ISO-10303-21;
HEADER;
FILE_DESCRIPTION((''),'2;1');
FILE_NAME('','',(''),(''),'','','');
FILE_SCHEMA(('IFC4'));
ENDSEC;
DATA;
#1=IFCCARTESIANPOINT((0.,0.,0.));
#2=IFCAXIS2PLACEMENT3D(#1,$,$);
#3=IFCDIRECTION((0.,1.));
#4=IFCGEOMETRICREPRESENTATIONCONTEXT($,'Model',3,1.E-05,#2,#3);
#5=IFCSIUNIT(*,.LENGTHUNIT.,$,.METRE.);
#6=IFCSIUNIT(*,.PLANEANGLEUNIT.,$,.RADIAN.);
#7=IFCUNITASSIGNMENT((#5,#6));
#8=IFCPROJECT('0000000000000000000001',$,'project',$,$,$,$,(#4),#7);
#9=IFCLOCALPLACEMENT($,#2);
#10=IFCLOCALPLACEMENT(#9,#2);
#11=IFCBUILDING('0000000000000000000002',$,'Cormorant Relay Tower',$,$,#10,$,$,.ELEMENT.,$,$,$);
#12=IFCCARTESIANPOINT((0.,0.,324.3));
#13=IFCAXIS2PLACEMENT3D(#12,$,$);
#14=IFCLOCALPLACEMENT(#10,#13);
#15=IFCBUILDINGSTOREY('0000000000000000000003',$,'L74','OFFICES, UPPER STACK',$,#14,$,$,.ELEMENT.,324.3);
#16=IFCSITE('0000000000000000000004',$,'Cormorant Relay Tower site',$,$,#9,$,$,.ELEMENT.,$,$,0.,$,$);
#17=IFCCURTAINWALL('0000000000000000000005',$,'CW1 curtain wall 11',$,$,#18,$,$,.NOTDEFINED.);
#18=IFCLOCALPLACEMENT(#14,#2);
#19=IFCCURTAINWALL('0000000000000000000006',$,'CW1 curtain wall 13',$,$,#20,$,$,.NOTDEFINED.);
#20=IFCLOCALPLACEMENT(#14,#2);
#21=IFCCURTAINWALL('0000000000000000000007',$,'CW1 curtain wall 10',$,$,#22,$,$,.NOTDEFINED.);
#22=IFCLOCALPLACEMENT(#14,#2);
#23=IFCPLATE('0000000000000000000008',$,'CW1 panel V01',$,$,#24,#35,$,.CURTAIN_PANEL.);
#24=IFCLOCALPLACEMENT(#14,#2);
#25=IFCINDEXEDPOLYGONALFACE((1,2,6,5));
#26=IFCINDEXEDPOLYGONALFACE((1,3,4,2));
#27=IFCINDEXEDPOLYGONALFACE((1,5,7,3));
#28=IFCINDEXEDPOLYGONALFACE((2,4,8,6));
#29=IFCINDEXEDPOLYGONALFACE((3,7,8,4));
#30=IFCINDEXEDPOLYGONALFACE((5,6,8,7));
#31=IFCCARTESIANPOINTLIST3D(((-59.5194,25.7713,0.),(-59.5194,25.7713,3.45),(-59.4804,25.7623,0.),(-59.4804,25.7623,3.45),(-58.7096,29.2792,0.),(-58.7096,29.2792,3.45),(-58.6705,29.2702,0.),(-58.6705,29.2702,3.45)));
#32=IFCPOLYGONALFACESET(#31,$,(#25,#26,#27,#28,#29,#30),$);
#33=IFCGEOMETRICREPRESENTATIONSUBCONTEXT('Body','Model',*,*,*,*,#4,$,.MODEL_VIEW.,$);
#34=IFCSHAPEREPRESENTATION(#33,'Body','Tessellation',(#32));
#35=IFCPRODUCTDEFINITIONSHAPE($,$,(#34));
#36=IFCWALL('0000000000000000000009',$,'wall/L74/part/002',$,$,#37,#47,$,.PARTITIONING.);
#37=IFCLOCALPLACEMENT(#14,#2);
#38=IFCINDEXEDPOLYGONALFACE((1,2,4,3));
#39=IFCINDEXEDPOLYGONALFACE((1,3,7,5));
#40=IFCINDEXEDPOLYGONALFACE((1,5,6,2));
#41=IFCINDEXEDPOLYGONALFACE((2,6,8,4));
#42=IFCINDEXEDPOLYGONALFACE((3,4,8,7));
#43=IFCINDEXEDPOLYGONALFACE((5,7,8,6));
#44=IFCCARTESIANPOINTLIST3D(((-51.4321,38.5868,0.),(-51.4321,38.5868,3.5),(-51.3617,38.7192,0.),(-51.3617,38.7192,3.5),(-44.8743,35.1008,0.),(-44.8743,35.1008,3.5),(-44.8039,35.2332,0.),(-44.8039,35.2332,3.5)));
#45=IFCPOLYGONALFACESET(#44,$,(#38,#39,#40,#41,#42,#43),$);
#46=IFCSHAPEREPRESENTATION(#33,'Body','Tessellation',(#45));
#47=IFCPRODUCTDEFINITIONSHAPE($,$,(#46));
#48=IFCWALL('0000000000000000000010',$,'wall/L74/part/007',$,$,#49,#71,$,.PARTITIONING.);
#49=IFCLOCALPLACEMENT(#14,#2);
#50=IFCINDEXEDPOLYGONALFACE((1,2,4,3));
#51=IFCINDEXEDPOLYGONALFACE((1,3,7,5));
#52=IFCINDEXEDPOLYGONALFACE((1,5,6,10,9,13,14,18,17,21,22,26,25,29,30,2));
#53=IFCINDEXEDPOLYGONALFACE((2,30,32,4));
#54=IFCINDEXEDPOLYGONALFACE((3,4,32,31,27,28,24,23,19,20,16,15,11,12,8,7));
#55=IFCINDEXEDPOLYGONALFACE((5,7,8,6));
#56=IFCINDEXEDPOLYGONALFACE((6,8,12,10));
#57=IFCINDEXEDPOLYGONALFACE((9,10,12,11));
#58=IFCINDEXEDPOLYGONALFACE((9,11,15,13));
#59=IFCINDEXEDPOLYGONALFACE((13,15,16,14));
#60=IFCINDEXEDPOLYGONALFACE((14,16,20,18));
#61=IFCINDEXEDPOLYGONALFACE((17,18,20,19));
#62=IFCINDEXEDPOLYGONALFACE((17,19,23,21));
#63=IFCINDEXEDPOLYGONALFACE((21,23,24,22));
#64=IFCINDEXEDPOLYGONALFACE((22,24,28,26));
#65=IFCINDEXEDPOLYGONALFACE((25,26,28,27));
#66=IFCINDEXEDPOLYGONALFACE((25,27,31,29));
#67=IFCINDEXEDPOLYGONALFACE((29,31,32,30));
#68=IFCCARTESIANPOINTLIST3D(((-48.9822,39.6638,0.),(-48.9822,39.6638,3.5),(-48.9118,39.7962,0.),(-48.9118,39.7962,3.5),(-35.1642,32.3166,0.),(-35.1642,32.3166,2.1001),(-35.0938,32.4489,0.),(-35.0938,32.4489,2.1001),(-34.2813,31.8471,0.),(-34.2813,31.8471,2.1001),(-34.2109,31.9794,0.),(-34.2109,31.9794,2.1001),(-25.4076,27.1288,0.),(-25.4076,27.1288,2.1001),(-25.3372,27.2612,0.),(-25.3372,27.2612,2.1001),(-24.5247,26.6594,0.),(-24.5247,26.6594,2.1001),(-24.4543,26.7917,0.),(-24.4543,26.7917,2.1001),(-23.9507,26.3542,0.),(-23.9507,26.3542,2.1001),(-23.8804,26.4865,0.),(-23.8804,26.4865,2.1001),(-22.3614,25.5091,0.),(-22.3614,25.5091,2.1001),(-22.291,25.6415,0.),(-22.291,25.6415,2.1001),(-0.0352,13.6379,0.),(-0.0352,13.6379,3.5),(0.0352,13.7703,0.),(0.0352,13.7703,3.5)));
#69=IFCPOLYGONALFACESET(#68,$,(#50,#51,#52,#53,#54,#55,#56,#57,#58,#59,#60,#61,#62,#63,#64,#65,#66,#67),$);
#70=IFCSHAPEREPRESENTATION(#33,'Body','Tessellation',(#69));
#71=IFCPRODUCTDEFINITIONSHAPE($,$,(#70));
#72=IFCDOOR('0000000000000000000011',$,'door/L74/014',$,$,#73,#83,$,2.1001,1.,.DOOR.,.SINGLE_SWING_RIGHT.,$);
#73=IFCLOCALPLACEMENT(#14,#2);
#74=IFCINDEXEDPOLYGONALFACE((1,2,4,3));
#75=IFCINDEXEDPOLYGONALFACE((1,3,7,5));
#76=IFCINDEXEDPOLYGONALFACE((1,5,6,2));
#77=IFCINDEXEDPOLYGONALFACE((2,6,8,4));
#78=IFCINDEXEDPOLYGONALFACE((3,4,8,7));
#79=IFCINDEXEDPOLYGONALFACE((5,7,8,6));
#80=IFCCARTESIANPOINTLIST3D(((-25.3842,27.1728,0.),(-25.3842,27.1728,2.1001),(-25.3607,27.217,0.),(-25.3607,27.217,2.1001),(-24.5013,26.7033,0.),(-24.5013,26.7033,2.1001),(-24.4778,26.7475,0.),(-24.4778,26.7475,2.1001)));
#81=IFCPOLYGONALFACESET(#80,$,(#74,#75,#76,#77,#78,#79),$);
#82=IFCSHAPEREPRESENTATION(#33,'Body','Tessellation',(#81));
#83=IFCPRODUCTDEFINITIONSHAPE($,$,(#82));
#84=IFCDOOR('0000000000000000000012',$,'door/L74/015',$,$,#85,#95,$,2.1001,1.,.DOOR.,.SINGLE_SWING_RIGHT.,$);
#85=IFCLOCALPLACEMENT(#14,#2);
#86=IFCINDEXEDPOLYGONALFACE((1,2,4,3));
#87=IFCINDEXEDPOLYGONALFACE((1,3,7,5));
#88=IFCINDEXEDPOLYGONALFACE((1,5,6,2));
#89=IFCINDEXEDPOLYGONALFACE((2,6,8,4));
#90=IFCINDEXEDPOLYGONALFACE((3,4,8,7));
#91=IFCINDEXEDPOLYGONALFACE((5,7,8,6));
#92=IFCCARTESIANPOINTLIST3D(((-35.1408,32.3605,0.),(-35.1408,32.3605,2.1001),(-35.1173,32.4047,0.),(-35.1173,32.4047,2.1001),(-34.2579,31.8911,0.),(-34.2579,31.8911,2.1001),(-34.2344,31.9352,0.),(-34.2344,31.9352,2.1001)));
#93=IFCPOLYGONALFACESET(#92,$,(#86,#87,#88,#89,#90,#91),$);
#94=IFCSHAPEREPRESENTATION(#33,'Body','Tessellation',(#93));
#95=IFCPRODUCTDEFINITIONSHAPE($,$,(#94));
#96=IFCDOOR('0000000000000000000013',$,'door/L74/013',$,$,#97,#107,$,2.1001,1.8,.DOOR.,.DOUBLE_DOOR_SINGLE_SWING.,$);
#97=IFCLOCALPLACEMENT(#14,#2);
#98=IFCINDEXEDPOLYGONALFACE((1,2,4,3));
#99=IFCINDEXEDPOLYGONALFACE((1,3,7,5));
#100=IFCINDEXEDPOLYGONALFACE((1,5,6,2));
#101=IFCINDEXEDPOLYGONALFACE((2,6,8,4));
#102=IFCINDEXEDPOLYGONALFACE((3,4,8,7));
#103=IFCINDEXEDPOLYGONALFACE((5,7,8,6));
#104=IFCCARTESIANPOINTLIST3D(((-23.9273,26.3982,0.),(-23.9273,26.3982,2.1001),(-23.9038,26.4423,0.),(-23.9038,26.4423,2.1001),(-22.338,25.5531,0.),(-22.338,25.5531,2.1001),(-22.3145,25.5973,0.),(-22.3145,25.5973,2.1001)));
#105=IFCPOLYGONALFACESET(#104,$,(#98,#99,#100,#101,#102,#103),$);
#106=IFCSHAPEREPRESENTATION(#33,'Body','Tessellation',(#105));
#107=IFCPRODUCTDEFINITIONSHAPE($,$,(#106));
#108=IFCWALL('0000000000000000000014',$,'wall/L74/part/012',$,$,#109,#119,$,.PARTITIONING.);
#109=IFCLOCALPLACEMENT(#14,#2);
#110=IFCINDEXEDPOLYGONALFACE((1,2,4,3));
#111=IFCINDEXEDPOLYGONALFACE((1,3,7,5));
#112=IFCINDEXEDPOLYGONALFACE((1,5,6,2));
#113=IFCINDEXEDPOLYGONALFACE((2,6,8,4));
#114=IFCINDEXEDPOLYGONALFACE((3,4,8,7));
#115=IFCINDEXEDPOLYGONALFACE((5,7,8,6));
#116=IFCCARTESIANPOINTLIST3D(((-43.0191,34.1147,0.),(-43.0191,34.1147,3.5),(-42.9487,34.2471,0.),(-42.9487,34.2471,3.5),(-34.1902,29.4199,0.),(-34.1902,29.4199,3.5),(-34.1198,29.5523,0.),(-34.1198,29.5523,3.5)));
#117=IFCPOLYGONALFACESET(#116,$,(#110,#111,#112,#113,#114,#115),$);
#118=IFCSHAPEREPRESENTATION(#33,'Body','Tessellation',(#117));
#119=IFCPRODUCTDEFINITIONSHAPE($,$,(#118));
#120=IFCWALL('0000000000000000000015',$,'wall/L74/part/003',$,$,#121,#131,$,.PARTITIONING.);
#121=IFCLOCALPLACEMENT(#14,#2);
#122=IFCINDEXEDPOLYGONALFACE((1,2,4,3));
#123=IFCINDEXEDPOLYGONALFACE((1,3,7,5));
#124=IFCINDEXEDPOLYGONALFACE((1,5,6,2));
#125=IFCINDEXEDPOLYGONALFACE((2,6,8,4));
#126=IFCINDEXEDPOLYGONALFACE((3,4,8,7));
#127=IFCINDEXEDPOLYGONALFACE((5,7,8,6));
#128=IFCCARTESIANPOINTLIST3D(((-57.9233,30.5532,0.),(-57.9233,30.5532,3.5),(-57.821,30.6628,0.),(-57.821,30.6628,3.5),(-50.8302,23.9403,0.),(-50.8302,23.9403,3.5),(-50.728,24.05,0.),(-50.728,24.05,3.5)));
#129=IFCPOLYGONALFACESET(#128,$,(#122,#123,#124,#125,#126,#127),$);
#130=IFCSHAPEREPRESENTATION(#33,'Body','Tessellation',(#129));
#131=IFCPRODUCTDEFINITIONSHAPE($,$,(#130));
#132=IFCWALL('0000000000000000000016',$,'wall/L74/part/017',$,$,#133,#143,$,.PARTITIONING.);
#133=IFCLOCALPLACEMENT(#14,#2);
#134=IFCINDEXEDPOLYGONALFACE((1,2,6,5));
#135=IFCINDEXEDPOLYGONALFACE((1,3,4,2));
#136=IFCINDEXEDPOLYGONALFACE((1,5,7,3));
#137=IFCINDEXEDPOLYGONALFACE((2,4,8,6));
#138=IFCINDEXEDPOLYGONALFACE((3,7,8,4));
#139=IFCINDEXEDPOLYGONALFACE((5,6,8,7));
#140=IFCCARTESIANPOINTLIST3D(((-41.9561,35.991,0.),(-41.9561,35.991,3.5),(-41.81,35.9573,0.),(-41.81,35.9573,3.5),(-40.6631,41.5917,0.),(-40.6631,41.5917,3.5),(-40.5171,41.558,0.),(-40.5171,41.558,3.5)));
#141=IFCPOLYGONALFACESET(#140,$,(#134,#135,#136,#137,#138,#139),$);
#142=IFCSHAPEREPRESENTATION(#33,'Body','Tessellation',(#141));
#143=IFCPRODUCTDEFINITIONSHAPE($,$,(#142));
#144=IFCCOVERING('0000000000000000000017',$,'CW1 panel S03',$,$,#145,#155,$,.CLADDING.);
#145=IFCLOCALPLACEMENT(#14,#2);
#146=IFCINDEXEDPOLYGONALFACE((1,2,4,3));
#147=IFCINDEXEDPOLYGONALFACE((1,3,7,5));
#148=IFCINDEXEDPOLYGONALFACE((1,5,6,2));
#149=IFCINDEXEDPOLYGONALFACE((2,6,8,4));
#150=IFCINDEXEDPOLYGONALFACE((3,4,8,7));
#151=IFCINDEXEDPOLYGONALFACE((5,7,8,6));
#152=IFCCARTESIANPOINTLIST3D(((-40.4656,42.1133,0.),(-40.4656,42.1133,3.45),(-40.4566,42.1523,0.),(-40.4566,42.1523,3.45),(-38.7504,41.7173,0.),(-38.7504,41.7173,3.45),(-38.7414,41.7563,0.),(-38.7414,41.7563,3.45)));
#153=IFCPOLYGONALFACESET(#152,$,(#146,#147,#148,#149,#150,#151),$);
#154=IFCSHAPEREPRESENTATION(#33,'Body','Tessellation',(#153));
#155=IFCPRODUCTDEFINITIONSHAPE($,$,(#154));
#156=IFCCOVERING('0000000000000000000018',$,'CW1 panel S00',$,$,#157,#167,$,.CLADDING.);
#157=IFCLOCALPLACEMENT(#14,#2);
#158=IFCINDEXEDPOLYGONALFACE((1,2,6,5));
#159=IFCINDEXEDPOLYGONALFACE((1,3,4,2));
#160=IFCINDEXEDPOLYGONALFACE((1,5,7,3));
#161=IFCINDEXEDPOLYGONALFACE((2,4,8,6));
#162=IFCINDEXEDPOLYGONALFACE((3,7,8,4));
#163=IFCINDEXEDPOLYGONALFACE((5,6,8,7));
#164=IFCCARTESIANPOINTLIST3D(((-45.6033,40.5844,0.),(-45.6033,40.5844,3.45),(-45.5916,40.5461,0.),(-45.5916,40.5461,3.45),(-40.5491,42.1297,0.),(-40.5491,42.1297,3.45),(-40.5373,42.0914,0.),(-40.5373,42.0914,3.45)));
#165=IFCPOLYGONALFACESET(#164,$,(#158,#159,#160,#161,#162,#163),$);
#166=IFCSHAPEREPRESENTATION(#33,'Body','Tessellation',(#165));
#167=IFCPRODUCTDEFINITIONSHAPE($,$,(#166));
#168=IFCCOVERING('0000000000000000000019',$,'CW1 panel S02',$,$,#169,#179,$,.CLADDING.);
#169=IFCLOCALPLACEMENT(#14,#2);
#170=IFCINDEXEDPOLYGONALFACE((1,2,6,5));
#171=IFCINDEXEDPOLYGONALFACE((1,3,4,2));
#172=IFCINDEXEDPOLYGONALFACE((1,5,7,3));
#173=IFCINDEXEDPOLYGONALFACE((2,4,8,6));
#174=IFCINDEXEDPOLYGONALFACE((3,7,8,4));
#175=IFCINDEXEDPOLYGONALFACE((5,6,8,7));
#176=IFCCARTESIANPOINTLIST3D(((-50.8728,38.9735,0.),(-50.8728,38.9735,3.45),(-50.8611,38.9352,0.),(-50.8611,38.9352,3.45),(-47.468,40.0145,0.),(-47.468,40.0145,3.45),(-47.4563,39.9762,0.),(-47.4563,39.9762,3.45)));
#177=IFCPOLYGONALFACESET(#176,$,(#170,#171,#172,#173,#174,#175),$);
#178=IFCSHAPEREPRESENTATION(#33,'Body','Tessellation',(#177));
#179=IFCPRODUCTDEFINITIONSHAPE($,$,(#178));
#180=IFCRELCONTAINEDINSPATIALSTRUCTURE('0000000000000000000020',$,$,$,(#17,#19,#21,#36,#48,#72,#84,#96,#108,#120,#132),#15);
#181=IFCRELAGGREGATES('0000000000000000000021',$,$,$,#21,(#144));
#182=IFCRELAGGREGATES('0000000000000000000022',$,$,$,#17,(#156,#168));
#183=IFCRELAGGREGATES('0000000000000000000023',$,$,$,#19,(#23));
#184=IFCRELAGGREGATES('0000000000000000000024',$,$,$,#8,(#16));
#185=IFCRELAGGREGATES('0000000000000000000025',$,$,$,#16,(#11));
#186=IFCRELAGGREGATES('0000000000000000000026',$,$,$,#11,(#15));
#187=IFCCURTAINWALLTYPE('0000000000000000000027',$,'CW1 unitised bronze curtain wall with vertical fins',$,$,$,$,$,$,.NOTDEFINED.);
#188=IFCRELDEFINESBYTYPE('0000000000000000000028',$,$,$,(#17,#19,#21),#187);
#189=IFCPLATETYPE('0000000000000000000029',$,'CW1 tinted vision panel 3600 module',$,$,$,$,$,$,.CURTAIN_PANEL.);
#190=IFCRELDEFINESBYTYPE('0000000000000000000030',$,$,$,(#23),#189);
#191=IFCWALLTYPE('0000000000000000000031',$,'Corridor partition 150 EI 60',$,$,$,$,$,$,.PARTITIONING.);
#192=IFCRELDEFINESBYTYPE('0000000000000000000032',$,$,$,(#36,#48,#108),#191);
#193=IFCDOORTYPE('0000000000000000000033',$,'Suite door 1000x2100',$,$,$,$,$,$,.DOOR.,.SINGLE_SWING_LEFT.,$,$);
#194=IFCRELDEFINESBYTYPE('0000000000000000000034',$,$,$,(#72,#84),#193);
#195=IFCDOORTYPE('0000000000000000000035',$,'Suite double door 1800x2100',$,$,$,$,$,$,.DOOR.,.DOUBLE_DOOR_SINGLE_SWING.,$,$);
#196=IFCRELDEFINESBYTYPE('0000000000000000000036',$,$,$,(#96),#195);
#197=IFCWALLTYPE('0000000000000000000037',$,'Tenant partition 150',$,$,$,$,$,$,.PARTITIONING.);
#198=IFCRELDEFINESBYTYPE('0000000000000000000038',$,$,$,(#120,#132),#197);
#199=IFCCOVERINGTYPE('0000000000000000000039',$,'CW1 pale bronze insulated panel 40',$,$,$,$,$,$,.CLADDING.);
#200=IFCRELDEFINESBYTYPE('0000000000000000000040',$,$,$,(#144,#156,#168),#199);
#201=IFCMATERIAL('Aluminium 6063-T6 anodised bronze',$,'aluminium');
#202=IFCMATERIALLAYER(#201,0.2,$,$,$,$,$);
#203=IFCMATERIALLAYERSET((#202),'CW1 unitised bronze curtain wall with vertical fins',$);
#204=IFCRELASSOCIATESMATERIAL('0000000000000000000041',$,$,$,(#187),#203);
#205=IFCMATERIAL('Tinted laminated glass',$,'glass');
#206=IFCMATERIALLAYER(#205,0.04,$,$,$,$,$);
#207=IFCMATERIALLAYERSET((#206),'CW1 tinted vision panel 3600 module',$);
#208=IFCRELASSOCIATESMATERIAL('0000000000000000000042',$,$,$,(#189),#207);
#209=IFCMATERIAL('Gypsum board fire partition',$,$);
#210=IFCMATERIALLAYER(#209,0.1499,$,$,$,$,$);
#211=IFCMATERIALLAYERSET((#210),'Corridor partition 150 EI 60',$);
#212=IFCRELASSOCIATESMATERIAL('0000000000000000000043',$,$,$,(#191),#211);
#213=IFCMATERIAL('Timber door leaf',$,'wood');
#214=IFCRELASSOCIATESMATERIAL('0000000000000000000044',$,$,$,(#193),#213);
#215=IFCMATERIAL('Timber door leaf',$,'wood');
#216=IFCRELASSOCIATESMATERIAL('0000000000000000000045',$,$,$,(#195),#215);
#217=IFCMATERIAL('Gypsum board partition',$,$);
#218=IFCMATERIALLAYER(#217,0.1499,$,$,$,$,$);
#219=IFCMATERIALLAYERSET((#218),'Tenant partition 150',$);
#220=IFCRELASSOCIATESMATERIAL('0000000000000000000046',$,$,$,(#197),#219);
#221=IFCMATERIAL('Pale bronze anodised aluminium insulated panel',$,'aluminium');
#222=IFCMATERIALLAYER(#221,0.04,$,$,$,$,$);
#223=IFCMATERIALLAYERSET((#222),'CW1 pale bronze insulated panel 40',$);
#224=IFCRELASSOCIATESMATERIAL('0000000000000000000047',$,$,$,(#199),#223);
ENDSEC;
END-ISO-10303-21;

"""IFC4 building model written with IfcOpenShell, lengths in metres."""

from ifc_helpers import new_model, si_unit, direction, frame, frame_2d, origin, origin_2d, place, context, subcontext, project, spatial, rectangle, extrude, material, layer, layer_set, type_object, element, fill, aggregate, save


model = new_model("IFC4")

# Units and contexts
model_context = context("Model", 3, precision=1e-05, world=origin(), true_north=direction((0.0, 1.0)))
body_context = subcontext(model_context, "Body", "Model", "MODEL_VIEW")
ifc_project = project(units=[si_unit("LENGTHUNIT", "METRE"), si_unit("PLANEANGLEUNIT", "RADIAN")], contexts=[model_context])

# Site, building, storey
site_placement = place(None, origin())
site = spatial("IfcSite", under=ifc_project, at=site_placement, Name="Cormorant Relay Tower site", CompositionType="ELEMENT", RefElevation=0.0)
building_placement = place(site_placement, origin())
building = spatial("IfcBuilding", under=site, at=building_placement, Name="Cormorant Relay Tower", CompositionType="ELEMENT")
storey_placement = place(building_placement, frame((0.0, 0.0, 324.3)))
storey = spatial("IfcBuildingStorey", under=building, at=storey_placement, Name="L74", Description="OFFICES, UPPER STACK", CompositionType="ELEMENT", Elevation=324.3)

# Curtain walls
ifc_material_1 = material(Name="Aluminium 6063-T6 anodised bronze", Category="aluminium")
ifc_layer_1 = layer(ifc_material_1, 0.2)
ifc_layer_set_1 = layer_set([ifc_layer_1], Name="CW1 unitised bronze curtain wall with vertical fins")
curtain_wall_type = type_object("IfcCurtainWallType", Name="CW1 unitised bronze curtain wall with vertical fins", PredefinedType="NOTDEFINED", material=ifc_layer_set_1)
curtain_wall_1_placement = place(storey_placement, origin())
curtain_wall_1 = element("IfcCurtainWall", 1, at=curtain_wall_1_placement, inside=storey, type_object=curtain_wall_type, Name="CW1 curtain wall 11", PredefinedType="NOTDEFINED")
curtain_wall_2_placement = place(storey_placement, origin())
curtain_wall_2 = element("IfcCurtainWall", 2, at=curtain_wall_2_placement, inside=storey, type_object=curtain_wall_type, Name="CW1 curtain wall 13", PredefinedType="NOTDEFINED")

# Curtain wall
curtain_wall_3_placement = place(storey_placement, origin())
curtain_wall_3 = element("IfcCurtainWall", 3, at=curtain_wall_3_placement, inside=storey, type_object=curtain_wall_type, Name="CW1 curtain wall 10", PredefinedType="NOTDEFINED")
ifc_material_2 = material(Name="Tinted laminated glass", Category="glass")
ifc_layer_2 = layer(ifc_material_2, 0.04)
ifc_layer_set_2 = layer_set([ifc_layer_2], Name="CW1 tinted vision panel 3600 module")
plate_type_1 = type_object("IfcPlateType", Name="CW1 tinted vision panel 3600 module", PredefinedType="CURTAIN_PANEL", material=ifc_layer_set_2)

# Plate
plate_1_placement = place(storey_placement, frame((-59.095, 27.5208, 0.0), z_axis=(0.0, 0.0, 1.0), x_axis=(-0.224951, -0.97437, 0.0)))
plate_1 = element("IfcPlate", 4, at=plate_1_placement, type_object=plate_type_1, Name="CW1 panel V01", PredefinedType="CURTAIN_PANEL", context=body_context, shape_type="SweptSolid", body=[
    extrude(rectangle(XDim=3.6001, YDim=0.04, at=origin_2d()), origin(), (0.0, 0.0, 1.0), 3.45),
])

# Wall
ifc_material_3 = material(Name="Gypsum board fire partition")
ifc_layer_3 = layer(ifc_material_3, 0.1499)
ifc_layer_set_3 = layer_set([ifc_layer_3], Name="Corridor partition 150 EI 60")
wall_type_1 = type_object("IfcWallType", Name="Corridor partition 150 EI 60", PredefinedType="PARTITIONING", material=ifc_layer_set_3)
wall_1_placement = place(storey_placement, frame((-44.8391, 35.167, 0.0), z_axis=(0.0, 0.0, 1.0), x_axis=(-0.882992, 0.469388, 0.0)))
element("IfcWall", 5, at=wall_1_placement, inside=storey, type_object=wall_type_1, Name="wall/L74/part/002", PredefinedType="PARTITIONING", context=body_context, shape_type="SweptSolid", body=[
    extrude(rectangle(XDim=7.4268, YDim=0.1499, at=frame_2d((3.7134, 0.0))), origin(), (0.0, 0.0, 1.0), 3.5),
])

# Wall, openings, doors
wall_2_placement = place(storey_placement, frame((-48.947, 39.73, 0.0), z_axis=(0.0, 0.0, 1.0), x_axis=(0.882945, -0.469476, 0.0)))
wall_2 = element("IfcWall", 6, at=wall_2_placement, inside=storey, type_object=wall_type_1, Name="wall/L74/part/007", PredefinedType="PARTITIONING", context=body_context, shape_type="SweptSolid", body=[
    extrude(rectangle(XDim=55.436, YDim=0.1499, at=frame_2d((27.718, 0.0))), origin(), (0.0, 0.0, 1.0), 3.5),
])
opening_1_placement = place(wall_2_placement, frame((28.3501, 0.0, 0.0)))
opening_1 = element("IfcOpeningElement", 7, at=opening_1_placement, cuts=wall_2, PredefinedType="OPENING", context=body_context, shape_type="SweptSolid", body=[
    extrude(rectangle(XDim=1.8, YDim=2.1001, at=frame_2d((0.8999, 1.05))), frame((0.0, 0.085, 0.0), z_axis=(0.0, -1.0, 0.0), x_axis=(1.0, 0.0, 0.0)), (0.0, 0.0, 1.0), 0.1699),
])
opening_2_placement = place(wall_2_placement, frame((26.7, 0.0, 0.0)))
opening_2 = element("IfcOpeningElement", 8, at=opening_2_placement, cuts=wall_2, PredefinedType="OPENING", context=body_context, shape_type="SweptSolid", body=[
    extrude(rectangle(XDim=1.0, YDim=2.1001, at=frame_2d((0.5, 1.05))), frame((0.0, 0.085, 0.0), z_axis=(0.0, -1.0, 0.0), x_axis=(1.0, 0.0, 0.0)), (0.0, 0.0, 1.0), 0.1699),
])
opening_3_placement = place(wall_2_placement, frame((15.6499, 0.0, 0.0)))
opening_3 = element("IfcOpeningElement", 9, at=opening_3_placement, cuts=wall_2, PredefinedType="OPENING", context=body_context, shape_type="SweptSolid", body=[
    extrude(rectangle(XDim=1.0, YDim=2.1001, at=frame_2d((0.5, 1.05))), frame((0.0, 0.085, 0.0), z_axis=(0.0, -1.0, 0.0), x_axis=(1.0, 0.0, 0.0)), (0.0, 0.0, 1.0), 0.1699),
])
ifc_material_4 = material(Name="Timber door leaf", Category="wood")
door_type_1 = type_object("IfcDoorType", Name="Suite door 1000x2100", OperationType="SINGLE_SWING_LEFT", PredefinedType="DOOR", material=ifc_material_4)
door_1_placement = place(opening_2_placement, origin())
door_1 = element("IfcDoor", 10, at=door_1_placement, inside=storey, type_object=door_type_1, Name="door/L74/014", OperationType="SINGLE_SWING_RIGHT", OverallHeight=2.1001, OverallWidth=1.0, PredefinedType="DOOR", context=body_context, shape_type="SweptSolid", body=[
    extrude(rectangle(XDim=1.0, YDim=2.1001, at=frame_2d((0.5, 1.05))), frame((0.0, 0.0249, 0.0), z_axis=(0.0, -1.0, 0.0), x_axis=(1.0, 0.0, 0.0)), (0.0, 0.0, 1.0), 0.05),
])
fill(opening_2, door_1)
door_2_placement = place(opening_3_placement, origin())
door_2 = element("IfcDoor", 11, at=door_2_placement, inside=storey, type_object=door_type_1, Name="door/L74/015", OperationType="SINGLE_SWING_RIGHT", OverallHeight=2.1001, OverallWidth=1.0, PredefinedType="DOOR", context=body_context, shape_type="SweptSolid", body=[
    extrude(rectangle(XDim=1.0, YDim=2.1001, at=frame_2d((0.5, 1.05))), frame((0.0, 0.0249, 0.0), z_axis=(0.0, -1.0, 0.0), x_axis=(1.0, 0.0, 0.0)), (0.0, 0.0, 1.0), 0.05),
])
fill(opening_3, door_2)
ifc_material_5 = material(Name="Timber door leaf", Category="wood")
door_type_2 = type_object("IfcDoorType", Name="Suite double door 1800x2100", OperationType="DOUBLE_DOOR_SINGLE_SWING", PredefinedType="DOOR", material=ifc_material_5)
door_3_placement = place(opening_1_placement, origin())
door_3 = element("IfcDoor", 12, at=door_3_placement, inside=storey, type_object=door_type_2, Name="door/L74/013", OperationType="DOUBLE_DOOR_SINGLE_SWING", OverallHeight=2.1001, OverallWidth=1.8, PredefinedType="DOOR", context=body_context, shape_type="SweptSolid", body=[
    extrude(rectangle(XDim=1.8, YDim=2.1001, at=frame_2d((0.8999, 1.05))), frame((0.0, 0.0249, 0.0), z_axis=(0.0, -1.0, 0.0), x_axis=(1.0, 0.0, 0.0)), (0.0, 0.0, 1.0), 0.05),
])
fill(opening_1, door_3)

# Walls
wall_3_placement = place(storey_placement, frame((-42.9839, 34.1809, 0.0), z_axis=(0.0, 0.0, 1.0), x_axis=(0.882929, -0.469506, 0.0)))
element("IfcWall", 13, at=wall_3_placement, inside=storey, type_object=wall_type_1, Name="wall/L74/part/012", PredefinedType="PARTITIONING", context=body_context, shape_type="SweptSolid", body=[
    extrude(rectangle(XDim=9.9995, YDim=0.1499, at=frame_2d((4.9998, 0.0))), origin(), (0.0, 0.0, 1.0), 3.5),
])
ifc_material_6 = material(Name="Gypsum board partition")
ifc_layer_4 = layer(ifc_material_6, 0.1499)
ifc_layer_set_4 = layer_set([ifc_layer_4], Name="Tenant partition 150")
wall_type_2 = type_object("IfcWallType", Name="Tenant partition 150", PredefinedType="PARTITIONING", material=ifc_layer_set_4)
wall_4_placement = place(storey_placement, frame((-57.8721, 30.6079, 0.0), z_axis=(0.0, 0.0, 1.0), x_axis=(0.731434, -0.681913, 0.0)))
element("IfcWall", 14, at=wall_4_placement, inside=storey, type_object=wall_type_2, Name="wall/L74/part/003", PredefinedType="PARTITIONING", context=body_context, shape_type="SweptSolid", body=[
    extrude(rectangle(XDim=9.6975, YDim=0.1499, at=frame_2d((4.8486, 0.0))), origin(), (0.0, 0.0, 1.0), 3.5),
])
wall_5_placement = place(storey_placement, frame((-41.8831, 35.9741, 0.0), z_axis=(0.0, 0.0, 1.0), x_axis=(0.224937, 0.974373, 0.0)))
element("IfcWall", 15, at=wall_5_placement, inside=storey, type_object=wall_type_2, Name="wall/L74/part/017", PredefinedType="PARTITIONING", context=body_context, shape_type="SweptSolid", body=[
    extrude(rectangle(XDim=5.748, YDim=0.1499, at=frame_2d((2.874, 0.0))), origin(), (0.0, 0.0, 1.0), 3.5),
])

# Coverings
ifc_material_7 = material(Name="Pale bronze anodised aluminium insulated panel", Category="aluminium")
ifc_layer_5 = layer(ifc_material_7, 0.04)
ifc_layer_set_5 = layer_set([ifc_layer_5], Name="CW1 pale bronze insulated panel 40")
covering_type = type_object("IfcCoveringType", Name="CW1 pale bronze insulated panel 40", PredefinedType="CLADDING", material=ifc_layer_set_5)
covering_1_placement = place(storey_placement, frame((-39.6035, 41.9348, 0.0), z_axis=(0.0, 0.0, 1.0), x_axis=(-0.97437, 0.224951, 0.0)))
covering_1 = element("IfcCovering", 16, at=covering_1_placement, type_object=covering_type, Name="CW1 panel S03", PredefinedType="CLADDING", context=body_context, shape_type="SweptSolid", body=[
    extrude(rectangle(XDim=1.7603, YDim=0.04, at=origin_2d()), origin(), (0.0, 0.0, 1.0), 3.45),
])
aggregate(curtain_wall_3, [covering_1])
covering_2_placement = place(storey_placement, frame((-43.0703, 41.3379, 0.0), z_axis=(0.0, 0.0, 1.0), x_axis=(-0.956305, -0.292372, 0.0)))
covering_2 = element("IfcCovering", 17, at=covering_2_placement, type_object=covering_type, Name="CW1 panel S00", PredefinedType="CLADDING", context=body_context, shape_type="SweptSolid", body=[
    extrude(rectangle(XDim=5.2852, YDim=0.04, at=origin_2d()), origin(), (0.0, 0.0, 1.0), 3.45),
])
covering_3_placement = place(storey_placement, frame((-49.1646, 39.4749, 0.0), z_axis=(0.0, 0.0, 1.0), x_axis=(-0.956305, -0.292372, 0.0)))
covering_3 = element("IfcCovering", 18, at=covering_3_placement, type_object=covering_type, Name="CW1 panel S02", PredefinedType="CLADDING", context=body_context, shape_type="SweptSolid", body=[
    extrude(rectangle(XDim=3.5603, YDim=0.04, at=origin_2d()), origin(), (0.0, 0.0, 1.0), 3.45),
])
aggregate(curtain_wall_1, [covering_2, covering_3])
aggregate(curtain_wall_2, [plate_1])

save(model, "model.ifc")
